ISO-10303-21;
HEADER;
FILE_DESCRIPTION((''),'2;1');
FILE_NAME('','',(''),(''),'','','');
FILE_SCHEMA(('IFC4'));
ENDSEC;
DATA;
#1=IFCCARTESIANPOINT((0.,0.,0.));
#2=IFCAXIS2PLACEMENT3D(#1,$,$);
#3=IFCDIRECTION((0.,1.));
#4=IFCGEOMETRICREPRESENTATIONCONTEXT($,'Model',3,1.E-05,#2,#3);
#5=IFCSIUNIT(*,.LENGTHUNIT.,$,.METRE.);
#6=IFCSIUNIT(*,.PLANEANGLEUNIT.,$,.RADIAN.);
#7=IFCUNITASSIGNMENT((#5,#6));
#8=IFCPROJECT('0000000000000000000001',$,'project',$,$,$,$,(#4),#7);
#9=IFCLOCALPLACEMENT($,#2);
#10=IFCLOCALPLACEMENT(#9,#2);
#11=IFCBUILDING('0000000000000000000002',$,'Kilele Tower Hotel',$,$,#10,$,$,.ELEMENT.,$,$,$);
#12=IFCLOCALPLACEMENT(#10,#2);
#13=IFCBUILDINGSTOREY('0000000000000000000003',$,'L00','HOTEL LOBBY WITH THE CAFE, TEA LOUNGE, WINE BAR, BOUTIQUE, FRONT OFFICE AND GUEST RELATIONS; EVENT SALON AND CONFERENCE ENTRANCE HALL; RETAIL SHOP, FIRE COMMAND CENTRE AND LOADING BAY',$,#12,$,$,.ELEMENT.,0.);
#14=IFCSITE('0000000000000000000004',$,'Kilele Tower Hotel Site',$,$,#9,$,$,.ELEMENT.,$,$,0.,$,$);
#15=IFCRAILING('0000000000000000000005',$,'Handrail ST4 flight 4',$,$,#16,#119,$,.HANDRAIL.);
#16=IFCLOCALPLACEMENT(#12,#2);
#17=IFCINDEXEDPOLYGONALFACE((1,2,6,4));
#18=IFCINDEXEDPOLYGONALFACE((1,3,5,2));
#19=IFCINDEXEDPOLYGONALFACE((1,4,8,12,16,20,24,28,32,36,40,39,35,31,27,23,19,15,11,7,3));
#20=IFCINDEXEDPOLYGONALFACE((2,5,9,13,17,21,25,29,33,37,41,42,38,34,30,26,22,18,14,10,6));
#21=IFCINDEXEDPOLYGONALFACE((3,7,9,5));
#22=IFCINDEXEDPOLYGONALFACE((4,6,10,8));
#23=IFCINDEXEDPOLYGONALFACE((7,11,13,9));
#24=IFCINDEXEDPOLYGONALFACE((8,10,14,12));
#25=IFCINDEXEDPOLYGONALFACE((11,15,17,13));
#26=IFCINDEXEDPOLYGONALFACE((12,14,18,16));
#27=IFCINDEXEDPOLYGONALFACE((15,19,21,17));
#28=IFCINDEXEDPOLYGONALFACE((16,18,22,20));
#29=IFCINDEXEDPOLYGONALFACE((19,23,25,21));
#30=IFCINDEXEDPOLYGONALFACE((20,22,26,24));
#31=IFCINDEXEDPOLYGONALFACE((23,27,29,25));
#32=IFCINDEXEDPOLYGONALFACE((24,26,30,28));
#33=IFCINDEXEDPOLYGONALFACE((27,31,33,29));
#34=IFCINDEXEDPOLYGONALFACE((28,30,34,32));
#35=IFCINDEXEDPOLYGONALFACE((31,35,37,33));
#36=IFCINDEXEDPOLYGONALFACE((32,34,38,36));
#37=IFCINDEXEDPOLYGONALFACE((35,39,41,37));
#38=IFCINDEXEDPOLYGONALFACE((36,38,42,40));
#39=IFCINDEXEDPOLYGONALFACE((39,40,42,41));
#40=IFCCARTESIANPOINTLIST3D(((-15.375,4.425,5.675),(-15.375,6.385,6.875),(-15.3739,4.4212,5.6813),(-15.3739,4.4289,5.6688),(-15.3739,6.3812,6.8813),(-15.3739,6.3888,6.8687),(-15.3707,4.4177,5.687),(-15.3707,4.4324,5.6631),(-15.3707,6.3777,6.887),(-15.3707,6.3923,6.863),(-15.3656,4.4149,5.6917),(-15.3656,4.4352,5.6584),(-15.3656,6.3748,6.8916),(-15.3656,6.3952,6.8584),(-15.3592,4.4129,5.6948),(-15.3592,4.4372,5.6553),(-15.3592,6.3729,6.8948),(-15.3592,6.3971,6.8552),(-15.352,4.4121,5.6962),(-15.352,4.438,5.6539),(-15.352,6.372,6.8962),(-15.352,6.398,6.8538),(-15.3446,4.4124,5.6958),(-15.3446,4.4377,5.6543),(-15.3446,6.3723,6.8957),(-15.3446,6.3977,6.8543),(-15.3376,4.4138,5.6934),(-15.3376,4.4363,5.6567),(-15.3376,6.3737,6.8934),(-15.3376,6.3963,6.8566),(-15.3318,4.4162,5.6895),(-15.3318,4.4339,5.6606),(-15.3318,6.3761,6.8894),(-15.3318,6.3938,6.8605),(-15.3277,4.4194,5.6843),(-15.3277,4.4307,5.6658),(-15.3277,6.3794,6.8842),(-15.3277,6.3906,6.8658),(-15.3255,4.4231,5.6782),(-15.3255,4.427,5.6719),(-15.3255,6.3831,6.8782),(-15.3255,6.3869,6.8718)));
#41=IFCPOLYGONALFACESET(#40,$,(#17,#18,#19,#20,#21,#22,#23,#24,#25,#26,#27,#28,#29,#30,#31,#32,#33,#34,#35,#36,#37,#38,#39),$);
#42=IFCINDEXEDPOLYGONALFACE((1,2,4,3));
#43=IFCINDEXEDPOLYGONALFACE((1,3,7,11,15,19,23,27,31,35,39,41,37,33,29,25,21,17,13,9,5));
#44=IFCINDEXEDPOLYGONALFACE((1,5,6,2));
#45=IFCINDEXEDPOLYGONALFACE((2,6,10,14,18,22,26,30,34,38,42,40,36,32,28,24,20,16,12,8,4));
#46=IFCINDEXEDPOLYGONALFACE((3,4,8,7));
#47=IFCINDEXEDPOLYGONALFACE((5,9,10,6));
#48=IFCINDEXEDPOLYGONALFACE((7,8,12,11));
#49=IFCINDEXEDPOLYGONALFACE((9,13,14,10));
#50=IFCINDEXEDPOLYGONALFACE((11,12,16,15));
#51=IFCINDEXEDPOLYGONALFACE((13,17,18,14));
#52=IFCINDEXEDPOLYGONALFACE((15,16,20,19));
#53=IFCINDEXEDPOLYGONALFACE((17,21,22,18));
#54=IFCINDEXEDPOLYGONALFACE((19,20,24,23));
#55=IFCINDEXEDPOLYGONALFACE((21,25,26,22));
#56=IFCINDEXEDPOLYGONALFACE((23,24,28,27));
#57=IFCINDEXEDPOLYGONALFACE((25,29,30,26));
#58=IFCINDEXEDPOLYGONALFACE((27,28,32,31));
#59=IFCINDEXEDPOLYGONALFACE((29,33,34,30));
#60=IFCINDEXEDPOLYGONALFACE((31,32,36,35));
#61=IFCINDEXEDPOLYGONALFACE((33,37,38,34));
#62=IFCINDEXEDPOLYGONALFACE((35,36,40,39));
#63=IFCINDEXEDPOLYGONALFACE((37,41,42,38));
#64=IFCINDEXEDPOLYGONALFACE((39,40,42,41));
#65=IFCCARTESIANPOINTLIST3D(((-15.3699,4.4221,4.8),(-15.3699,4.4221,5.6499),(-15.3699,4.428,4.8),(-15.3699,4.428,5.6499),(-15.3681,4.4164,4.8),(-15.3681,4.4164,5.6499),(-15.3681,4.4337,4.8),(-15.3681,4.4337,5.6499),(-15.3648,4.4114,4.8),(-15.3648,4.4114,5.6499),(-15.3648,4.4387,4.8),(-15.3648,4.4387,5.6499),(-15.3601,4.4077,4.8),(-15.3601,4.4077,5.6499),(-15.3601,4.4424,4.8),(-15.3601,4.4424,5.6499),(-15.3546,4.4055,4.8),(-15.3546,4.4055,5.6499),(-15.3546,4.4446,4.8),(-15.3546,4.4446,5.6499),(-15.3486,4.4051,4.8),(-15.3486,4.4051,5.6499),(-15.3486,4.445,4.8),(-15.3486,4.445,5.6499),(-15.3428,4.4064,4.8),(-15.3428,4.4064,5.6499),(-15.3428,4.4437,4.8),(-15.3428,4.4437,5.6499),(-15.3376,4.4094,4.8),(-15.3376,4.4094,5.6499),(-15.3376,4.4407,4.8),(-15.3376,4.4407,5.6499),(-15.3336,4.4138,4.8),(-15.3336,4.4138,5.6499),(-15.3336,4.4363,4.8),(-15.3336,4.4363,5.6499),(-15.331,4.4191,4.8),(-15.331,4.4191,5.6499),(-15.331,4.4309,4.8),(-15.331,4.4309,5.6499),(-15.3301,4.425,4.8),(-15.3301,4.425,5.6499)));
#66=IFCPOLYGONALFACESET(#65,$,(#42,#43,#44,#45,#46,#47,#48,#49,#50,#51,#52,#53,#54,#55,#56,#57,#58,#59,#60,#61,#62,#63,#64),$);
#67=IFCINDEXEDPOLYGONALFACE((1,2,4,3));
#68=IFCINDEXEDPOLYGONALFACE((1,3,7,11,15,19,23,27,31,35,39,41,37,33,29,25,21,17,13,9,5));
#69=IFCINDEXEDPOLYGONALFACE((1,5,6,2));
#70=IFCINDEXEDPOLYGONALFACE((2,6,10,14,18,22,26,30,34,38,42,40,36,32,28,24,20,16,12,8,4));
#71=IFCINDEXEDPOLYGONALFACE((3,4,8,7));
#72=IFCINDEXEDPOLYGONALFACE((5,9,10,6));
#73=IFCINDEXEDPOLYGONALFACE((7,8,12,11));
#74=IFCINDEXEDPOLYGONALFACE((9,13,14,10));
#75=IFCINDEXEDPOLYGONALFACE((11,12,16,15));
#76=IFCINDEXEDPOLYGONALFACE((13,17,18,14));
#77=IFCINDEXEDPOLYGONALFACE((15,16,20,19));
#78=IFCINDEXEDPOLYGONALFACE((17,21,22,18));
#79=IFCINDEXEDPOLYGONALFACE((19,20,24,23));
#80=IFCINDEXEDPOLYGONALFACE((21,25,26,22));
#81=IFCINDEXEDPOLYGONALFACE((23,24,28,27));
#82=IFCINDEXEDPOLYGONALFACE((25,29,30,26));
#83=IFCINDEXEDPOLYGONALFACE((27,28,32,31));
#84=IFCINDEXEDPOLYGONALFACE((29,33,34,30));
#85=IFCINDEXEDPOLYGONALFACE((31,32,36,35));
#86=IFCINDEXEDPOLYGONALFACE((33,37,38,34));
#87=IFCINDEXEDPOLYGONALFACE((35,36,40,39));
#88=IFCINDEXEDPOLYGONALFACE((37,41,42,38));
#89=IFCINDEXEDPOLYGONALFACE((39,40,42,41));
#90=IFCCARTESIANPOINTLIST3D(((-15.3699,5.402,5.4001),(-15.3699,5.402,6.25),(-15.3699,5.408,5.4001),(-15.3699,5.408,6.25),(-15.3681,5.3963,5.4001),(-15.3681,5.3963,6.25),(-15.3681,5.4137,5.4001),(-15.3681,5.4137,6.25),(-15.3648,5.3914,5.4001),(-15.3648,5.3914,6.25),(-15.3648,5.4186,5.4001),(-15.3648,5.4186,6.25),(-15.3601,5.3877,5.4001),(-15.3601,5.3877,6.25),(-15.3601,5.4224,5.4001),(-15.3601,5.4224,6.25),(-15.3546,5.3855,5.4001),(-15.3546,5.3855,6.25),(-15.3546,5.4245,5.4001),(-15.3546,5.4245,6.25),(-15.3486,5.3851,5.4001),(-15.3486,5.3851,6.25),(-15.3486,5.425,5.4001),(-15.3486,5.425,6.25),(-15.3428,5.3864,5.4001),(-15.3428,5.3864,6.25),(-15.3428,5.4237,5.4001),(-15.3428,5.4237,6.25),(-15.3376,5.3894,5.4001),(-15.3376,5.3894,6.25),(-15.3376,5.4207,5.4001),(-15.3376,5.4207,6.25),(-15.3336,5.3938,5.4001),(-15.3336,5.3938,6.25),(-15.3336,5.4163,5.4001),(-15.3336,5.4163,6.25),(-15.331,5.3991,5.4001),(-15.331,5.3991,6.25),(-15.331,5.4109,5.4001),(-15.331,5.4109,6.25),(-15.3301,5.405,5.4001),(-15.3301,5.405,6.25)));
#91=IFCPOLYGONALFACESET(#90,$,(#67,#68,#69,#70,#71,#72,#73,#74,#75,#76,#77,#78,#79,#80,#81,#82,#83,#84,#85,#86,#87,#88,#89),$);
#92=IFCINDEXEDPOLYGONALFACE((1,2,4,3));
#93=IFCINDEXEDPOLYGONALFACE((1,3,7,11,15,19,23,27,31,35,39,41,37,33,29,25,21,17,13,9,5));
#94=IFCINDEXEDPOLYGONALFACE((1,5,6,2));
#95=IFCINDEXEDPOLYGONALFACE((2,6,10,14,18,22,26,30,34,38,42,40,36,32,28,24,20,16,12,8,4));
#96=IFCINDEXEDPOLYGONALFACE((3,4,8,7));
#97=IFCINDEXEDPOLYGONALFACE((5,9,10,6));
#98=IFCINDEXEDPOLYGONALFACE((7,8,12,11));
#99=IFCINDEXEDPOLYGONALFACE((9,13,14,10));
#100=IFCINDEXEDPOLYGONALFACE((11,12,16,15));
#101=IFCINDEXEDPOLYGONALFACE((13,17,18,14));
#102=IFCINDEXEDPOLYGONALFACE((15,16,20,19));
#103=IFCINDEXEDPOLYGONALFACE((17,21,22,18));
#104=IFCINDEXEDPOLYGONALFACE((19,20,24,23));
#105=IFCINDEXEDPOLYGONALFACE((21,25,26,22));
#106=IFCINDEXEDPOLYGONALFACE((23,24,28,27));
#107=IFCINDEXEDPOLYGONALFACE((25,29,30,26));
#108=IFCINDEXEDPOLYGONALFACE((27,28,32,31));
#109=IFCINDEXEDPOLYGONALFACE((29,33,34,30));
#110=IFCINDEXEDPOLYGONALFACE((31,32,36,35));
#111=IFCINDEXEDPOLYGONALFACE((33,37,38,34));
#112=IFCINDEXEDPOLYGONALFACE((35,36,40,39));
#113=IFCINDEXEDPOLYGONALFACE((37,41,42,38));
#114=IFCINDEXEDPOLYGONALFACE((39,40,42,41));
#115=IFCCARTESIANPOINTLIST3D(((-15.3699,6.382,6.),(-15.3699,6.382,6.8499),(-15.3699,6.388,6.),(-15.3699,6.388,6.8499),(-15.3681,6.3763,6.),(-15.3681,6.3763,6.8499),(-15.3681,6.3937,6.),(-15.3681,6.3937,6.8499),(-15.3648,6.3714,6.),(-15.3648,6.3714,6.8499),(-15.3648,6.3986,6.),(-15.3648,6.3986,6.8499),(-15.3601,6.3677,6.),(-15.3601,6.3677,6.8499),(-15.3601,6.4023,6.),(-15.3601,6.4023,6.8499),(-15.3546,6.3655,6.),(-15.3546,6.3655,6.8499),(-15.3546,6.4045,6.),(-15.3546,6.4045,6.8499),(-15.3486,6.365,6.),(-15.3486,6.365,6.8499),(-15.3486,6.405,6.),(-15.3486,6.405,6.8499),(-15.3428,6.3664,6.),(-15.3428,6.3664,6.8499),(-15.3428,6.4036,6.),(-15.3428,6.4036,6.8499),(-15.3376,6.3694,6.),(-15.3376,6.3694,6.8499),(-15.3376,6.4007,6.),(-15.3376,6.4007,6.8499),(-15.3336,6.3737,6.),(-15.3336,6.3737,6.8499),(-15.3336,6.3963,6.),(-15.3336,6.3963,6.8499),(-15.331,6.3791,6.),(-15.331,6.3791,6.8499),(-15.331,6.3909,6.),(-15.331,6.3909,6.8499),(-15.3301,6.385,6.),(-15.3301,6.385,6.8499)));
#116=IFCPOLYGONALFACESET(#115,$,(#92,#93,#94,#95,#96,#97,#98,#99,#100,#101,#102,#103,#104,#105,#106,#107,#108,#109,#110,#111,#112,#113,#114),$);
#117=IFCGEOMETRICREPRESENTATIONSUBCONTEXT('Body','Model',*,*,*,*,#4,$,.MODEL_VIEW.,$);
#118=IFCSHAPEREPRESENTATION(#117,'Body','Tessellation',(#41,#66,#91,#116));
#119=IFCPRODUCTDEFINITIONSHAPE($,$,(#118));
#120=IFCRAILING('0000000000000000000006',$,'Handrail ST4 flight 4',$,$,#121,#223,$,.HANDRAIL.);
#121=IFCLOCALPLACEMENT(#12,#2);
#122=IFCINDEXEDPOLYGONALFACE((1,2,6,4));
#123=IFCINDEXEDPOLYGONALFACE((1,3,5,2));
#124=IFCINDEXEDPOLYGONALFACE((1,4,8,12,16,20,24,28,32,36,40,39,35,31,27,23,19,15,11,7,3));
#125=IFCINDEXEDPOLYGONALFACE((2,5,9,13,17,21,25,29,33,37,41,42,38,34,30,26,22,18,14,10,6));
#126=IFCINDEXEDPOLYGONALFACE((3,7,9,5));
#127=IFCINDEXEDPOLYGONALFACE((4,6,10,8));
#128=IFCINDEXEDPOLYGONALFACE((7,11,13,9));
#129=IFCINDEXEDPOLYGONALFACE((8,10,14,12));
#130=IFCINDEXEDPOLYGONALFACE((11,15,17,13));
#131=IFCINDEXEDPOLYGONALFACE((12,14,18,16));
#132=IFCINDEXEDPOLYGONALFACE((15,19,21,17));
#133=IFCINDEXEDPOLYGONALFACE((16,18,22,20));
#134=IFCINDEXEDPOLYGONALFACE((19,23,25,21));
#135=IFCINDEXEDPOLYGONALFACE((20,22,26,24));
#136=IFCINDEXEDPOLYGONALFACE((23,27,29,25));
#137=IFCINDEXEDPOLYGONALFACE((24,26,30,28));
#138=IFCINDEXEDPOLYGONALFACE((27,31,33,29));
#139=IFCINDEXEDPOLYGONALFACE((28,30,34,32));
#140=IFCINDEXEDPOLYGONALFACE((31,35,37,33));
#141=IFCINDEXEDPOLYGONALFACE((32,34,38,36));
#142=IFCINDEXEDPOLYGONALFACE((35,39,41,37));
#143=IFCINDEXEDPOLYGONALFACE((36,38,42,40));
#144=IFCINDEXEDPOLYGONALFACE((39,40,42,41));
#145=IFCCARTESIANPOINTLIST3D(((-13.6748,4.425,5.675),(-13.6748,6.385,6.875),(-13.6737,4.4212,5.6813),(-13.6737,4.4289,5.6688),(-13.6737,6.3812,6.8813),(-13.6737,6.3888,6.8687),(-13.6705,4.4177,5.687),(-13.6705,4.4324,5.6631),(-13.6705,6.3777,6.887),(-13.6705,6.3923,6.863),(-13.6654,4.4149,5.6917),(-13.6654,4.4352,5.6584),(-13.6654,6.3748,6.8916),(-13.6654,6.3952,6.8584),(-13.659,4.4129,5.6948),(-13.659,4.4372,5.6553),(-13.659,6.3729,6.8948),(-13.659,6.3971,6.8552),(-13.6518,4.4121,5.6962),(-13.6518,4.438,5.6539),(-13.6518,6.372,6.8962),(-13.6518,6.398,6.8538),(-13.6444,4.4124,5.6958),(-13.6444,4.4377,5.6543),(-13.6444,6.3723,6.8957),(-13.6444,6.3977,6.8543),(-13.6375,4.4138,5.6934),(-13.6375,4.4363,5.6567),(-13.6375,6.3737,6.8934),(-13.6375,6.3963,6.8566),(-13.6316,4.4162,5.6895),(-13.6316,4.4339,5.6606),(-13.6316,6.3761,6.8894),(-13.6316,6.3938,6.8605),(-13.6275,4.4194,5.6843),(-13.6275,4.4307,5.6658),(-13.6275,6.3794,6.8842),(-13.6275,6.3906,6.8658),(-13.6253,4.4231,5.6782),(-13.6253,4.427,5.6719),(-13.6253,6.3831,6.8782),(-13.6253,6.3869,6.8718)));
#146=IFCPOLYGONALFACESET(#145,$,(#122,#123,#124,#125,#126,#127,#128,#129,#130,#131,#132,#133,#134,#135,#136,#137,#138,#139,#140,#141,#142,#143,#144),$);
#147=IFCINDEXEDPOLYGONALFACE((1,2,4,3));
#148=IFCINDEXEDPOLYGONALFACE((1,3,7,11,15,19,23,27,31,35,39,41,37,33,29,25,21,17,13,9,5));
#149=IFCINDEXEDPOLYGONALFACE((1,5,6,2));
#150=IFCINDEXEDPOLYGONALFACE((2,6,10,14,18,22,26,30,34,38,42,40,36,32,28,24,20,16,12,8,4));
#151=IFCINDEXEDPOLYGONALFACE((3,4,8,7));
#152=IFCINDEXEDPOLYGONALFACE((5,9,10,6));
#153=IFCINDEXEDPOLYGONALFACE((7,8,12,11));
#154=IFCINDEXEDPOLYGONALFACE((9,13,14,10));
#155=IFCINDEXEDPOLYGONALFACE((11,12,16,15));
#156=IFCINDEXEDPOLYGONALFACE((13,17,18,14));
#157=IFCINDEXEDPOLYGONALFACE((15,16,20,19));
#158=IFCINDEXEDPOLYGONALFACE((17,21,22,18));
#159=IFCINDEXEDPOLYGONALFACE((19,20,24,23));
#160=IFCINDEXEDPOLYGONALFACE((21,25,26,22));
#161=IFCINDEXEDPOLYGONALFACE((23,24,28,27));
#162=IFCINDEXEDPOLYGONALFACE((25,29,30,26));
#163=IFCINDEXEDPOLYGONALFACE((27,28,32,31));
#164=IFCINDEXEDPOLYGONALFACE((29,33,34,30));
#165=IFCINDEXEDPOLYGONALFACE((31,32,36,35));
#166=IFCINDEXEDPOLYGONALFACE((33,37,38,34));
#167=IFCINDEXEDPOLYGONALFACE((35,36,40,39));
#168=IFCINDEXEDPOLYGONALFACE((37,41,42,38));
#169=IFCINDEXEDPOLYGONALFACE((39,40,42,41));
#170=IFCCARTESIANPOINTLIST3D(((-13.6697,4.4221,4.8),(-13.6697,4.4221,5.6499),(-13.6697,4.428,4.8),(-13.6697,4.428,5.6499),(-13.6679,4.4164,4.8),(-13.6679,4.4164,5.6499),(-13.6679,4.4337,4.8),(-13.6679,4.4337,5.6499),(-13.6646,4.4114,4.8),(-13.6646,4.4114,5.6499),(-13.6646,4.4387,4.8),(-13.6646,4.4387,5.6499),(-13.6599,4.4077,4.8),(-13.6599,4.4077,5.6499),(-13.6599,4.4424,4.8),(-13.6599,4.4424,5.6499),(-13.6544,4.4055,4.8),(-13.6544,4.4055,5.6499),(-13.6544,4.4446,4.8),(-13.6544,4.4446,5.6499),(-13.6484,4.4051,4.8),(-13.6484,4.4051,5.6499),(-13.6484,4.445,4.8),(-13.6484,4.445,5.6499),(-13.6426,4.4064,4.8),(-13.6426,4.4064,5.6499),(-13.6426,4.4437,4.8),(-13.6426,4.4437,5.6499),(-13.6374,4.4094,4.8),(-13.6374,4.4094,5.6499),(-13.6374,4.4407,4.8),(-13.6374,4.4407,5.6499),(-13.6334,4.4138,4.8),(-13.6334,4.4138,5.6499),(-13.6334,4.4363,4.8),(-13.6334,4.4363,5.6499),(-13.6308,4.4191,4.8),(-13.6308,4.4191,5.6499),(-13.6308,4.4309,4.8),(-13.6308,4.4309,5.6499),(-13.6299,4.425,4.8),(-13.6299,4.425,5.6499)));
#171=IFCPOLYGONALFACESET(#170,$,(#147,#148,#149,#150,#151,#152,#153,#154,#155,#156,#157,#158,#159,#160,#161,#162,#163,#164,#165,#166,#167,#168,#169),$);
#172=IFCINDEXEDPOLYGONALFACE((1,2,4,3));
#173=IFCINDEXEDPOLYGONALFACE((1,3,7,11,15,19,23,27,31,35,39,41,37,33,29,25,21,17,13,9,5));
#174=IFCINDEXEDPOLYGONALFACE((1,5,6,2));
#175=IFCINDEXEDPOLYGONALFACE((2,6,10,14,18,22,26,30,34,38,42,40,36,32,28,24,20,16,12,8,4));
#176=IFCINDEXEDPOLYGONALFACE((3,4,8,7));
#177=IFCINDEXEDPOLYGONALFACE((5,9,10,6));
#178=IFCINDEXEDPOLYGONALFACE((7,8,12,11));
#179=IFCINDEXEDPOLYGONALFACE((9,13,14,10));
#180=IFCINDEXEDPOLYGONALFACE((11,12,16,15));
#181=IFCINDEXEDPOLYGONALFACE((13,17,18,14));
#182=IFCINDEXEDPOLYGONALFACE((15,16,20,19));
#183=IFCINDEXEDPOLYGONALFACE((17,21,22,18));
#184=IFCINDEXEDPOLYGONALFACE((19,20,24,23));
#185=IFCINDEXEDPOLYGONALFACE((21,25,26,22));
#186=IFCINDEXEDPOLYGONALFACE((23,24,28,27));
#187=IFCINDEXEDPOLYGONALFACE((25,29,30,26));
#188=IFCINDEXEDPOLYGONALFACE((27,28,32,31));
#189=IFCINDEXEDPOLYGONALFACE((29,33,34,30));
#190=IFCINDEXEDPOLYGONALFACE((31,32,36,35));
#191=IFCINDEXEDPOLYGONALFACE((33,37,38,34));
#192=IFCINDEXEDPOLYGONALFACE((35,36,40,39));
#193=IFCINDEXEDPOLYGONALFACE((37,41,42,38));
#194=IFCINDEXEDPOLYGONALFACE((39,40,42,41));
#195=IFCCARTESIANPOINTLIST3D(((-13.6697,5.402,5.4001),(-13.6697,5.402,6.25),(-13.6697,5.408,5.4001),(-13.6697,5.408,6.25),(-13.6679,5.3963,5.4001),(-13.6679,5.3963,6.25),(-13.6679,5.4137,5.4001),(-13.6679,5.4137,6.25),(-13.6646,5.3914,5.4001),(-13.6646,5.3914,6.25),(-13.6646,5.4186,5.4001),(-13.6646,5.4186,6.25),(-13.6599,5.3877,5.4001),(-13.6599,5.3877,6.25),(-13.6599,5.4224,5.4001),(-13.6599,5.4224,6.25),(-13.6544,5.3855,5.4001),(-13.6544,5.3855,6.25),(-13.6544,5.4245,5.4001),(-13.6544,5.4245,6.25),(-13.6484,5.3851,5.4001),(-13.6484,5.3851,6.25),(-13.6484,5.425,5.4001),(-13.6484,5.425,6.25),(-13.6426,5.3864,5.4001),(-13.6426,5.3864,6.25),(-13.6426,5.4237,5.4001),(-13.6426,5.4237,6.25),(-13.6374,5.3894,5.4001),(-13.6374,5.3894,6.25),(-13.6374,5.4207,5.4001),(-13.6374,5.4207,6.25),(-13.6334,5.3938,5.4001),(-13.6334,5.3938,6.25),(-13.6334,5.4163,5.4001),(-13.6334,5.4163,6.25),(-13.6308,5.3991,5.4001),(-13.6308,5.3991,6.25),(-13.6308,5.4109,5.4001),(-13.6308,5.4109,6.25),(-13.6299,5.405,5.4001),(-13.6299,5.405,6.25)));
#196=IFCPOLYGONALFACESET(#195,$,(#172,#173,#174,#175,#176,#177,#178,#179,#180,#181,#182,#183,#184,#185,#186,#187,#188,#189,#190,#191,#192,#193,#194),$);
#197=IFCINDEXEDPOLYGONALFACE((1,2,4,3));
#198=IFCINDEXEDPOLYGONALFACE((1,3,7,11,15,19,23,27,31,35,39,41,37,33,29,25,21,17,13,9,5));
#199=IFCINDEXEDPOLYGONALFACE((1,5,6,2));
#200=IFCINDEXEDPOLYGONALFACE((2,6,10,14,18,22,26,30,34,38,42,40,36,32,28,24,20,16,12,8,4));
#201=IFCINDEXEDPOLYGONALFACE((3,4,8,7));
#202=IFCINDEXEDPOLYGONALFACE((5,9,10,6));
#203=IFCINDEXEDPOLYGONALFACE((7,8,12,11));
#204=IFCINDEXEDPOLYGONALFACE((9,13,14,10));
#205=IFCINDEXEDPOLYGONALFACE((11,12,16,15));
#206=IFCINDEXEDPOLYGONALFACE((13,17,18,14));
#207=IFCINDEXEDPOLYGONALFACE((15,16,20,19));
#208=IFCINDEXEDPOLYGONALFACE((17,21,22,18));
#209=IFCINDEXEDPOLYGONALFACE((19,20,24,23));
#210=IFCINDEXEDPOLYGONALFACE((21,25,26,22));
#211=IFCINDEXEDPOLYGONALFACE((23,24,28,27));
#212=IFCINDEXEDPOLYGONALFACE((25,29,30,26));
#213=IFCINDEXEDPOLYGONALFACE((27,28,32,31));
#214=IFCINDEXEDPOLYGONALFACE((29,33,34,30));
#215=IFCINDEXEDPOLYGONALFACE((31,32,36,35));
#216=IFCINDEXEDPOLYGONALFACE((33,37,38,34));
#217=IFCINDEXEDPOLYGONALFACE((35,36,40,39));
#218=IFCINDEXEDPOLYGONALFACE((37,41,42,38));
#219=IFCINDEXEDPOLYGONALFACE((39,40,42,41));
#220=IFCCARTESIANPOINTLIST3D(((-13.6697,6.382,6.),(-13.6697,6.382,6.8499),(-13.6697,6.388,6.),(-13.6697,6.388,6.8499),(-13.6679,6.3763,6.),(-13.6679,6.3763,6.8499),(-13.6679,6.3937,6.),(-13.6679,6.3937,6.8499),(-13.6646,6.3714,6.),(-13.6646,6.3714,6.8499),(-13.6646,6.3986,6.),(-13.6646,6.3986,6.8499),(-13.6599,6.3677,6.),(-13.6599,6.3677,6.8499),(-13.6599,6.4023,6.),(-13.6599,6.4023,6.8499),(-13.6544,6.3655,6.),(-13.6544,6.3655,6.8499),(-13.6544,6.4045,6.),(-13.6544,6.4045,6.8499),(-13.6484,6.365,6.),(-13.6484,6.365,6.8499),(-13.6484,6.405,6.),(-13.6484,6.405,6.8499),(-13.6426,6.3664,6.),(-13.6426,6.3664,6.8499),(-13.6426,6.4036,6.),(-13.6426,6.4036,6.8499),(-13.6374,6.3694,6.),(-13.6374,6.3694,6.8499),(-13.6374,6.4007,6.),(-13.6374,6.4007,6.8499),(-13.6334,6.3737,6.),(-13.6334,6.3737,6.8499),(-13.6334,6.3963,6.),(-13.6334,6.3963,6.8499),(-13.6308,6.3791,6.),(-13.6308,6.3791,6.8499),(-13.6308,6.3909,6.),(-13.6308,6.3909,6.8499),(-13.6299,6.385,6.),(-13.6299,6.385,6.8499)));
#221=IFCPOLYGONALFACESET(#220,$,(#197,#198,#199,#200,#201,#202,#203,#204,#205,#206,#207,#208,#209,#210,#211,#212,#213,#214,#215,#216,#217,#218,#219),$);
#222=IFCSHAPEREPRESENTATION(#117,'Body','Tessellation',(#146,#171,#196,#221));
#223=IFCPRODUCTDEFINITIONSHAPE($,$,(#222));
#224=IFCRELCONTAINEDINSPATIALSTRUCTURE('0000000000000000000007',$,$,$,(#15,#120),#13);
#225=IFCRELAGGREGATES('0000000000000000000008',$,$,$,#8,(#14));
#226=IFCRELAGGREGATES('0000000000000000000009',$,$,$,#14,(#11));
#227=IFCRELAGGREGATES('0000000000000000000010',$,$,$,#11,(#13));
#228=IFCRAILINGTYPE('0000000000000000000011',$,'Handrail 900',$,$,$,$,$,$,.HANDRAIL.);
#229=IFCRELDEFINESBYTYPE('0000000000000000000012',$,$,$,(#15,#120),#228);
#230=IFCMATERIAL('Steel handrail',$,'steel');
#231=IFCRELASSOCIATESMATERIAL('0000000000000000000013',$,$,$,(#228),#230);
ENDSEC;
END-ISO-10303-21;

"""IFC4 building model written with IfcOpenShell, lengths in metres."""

from ifc_helpers import new_model, si_unit, direction, frame, origin, origin_2d, place, context, subcontext, project, spatial, circle, extrude, material, type_object, element, save


model = new_model("IFC4")

# Units and contexts
model_context = context("Model", 3, precision=1e-05, world=origin(), true_north=direction((0.0, 1.0)))
body_context = subcontext(model_context, "Body", "Model", "MODEL_VIEW")
ifc_project = project(units=[si_unit("LENGTHUNIT", "METRE"), si_unit("PLANEANGLEUNIT", "RADIAN")], contexts=[model_context])

# Site, building, storey
site_placement = place(None, origin())
site = spatial("IfcSite", under=ifc_project, at=site_placement, Name="Kilele Tower Hotel Site", CompositionType="ELEMENT", RefElevation=0.0)
building_placement = place(site_placement, origin())
building = spatial("IfcBuilding", under=site, at=building_placement, Name="Kilele Tower Hotel", CompositionType="ELEMENT")
storey_placement = place(building_placement, origin())
storey = spatial("IfcBuildingStorey", under=building, at=storey_placement, Name="L00", Description="HOTEL LOBBY WITH THE CAFE, TEA LOUNGE, WINE BAR, BOUTIQUE, FRONT OFFICE AND GUEST RELATIONS; EVENT SALON AND CONFERENCE ENTRANCE HALL; RETAIL SHOP, FIRE COMMAND CENTRE AND LOADING BAY", CompositionType="ELEMENT", Elevation=0.0)

# Railings
ifc_material_1 = material(Name="Steel handrail", Category="steel")
railing_type_1 = type_object("IfcRailingType", Name="Handrail 900", PredefinedType="HANDRAIL", material=ifc_material_1)
for number, where, name in (
    (1, (-15.3501, 4.425, 4.8), "Handrail ST4 flight 4"),
    (2, (-13.6499, 4.425, 4.8), "Handrail ST4 flight 4"),
):
    element("IfcRailing", number, at=place(storey_placement, frame(where)), inside=storey, type_object=railing_type_1, Name=name, PredefinedType="HANDRAIL", context=body_context, shape_type="SweptSolid", body=[
        extrude(circle(Radius=0.0249, at=origin_2d()), frame((0.0, 0.0, 0.875), z_axis=(0.0, 0.852856, 0.522146), x_axis=(-1.0, 0.0, 0.0)), (0.0, 0.0, 1.0), 2.2981),
        extrude(circle(Radius=0.02, at=origin_2d()), origin(), (0.0, 0.0, 1.0), 0.8499),
        extrude(circle(Radius=0.02, at=origin_2d()), frame((0.0, 0.98, 0.6001)), (0.0, 0.0, 1.0), 0.8499),
        extrude(circle(Radius=0.02, at=origin_2d()), frame((0.0, 1.96, 1.2)), (0.0, 0.0, 1.0), 0.8499),
    ])

save(model, "model.ifc")
